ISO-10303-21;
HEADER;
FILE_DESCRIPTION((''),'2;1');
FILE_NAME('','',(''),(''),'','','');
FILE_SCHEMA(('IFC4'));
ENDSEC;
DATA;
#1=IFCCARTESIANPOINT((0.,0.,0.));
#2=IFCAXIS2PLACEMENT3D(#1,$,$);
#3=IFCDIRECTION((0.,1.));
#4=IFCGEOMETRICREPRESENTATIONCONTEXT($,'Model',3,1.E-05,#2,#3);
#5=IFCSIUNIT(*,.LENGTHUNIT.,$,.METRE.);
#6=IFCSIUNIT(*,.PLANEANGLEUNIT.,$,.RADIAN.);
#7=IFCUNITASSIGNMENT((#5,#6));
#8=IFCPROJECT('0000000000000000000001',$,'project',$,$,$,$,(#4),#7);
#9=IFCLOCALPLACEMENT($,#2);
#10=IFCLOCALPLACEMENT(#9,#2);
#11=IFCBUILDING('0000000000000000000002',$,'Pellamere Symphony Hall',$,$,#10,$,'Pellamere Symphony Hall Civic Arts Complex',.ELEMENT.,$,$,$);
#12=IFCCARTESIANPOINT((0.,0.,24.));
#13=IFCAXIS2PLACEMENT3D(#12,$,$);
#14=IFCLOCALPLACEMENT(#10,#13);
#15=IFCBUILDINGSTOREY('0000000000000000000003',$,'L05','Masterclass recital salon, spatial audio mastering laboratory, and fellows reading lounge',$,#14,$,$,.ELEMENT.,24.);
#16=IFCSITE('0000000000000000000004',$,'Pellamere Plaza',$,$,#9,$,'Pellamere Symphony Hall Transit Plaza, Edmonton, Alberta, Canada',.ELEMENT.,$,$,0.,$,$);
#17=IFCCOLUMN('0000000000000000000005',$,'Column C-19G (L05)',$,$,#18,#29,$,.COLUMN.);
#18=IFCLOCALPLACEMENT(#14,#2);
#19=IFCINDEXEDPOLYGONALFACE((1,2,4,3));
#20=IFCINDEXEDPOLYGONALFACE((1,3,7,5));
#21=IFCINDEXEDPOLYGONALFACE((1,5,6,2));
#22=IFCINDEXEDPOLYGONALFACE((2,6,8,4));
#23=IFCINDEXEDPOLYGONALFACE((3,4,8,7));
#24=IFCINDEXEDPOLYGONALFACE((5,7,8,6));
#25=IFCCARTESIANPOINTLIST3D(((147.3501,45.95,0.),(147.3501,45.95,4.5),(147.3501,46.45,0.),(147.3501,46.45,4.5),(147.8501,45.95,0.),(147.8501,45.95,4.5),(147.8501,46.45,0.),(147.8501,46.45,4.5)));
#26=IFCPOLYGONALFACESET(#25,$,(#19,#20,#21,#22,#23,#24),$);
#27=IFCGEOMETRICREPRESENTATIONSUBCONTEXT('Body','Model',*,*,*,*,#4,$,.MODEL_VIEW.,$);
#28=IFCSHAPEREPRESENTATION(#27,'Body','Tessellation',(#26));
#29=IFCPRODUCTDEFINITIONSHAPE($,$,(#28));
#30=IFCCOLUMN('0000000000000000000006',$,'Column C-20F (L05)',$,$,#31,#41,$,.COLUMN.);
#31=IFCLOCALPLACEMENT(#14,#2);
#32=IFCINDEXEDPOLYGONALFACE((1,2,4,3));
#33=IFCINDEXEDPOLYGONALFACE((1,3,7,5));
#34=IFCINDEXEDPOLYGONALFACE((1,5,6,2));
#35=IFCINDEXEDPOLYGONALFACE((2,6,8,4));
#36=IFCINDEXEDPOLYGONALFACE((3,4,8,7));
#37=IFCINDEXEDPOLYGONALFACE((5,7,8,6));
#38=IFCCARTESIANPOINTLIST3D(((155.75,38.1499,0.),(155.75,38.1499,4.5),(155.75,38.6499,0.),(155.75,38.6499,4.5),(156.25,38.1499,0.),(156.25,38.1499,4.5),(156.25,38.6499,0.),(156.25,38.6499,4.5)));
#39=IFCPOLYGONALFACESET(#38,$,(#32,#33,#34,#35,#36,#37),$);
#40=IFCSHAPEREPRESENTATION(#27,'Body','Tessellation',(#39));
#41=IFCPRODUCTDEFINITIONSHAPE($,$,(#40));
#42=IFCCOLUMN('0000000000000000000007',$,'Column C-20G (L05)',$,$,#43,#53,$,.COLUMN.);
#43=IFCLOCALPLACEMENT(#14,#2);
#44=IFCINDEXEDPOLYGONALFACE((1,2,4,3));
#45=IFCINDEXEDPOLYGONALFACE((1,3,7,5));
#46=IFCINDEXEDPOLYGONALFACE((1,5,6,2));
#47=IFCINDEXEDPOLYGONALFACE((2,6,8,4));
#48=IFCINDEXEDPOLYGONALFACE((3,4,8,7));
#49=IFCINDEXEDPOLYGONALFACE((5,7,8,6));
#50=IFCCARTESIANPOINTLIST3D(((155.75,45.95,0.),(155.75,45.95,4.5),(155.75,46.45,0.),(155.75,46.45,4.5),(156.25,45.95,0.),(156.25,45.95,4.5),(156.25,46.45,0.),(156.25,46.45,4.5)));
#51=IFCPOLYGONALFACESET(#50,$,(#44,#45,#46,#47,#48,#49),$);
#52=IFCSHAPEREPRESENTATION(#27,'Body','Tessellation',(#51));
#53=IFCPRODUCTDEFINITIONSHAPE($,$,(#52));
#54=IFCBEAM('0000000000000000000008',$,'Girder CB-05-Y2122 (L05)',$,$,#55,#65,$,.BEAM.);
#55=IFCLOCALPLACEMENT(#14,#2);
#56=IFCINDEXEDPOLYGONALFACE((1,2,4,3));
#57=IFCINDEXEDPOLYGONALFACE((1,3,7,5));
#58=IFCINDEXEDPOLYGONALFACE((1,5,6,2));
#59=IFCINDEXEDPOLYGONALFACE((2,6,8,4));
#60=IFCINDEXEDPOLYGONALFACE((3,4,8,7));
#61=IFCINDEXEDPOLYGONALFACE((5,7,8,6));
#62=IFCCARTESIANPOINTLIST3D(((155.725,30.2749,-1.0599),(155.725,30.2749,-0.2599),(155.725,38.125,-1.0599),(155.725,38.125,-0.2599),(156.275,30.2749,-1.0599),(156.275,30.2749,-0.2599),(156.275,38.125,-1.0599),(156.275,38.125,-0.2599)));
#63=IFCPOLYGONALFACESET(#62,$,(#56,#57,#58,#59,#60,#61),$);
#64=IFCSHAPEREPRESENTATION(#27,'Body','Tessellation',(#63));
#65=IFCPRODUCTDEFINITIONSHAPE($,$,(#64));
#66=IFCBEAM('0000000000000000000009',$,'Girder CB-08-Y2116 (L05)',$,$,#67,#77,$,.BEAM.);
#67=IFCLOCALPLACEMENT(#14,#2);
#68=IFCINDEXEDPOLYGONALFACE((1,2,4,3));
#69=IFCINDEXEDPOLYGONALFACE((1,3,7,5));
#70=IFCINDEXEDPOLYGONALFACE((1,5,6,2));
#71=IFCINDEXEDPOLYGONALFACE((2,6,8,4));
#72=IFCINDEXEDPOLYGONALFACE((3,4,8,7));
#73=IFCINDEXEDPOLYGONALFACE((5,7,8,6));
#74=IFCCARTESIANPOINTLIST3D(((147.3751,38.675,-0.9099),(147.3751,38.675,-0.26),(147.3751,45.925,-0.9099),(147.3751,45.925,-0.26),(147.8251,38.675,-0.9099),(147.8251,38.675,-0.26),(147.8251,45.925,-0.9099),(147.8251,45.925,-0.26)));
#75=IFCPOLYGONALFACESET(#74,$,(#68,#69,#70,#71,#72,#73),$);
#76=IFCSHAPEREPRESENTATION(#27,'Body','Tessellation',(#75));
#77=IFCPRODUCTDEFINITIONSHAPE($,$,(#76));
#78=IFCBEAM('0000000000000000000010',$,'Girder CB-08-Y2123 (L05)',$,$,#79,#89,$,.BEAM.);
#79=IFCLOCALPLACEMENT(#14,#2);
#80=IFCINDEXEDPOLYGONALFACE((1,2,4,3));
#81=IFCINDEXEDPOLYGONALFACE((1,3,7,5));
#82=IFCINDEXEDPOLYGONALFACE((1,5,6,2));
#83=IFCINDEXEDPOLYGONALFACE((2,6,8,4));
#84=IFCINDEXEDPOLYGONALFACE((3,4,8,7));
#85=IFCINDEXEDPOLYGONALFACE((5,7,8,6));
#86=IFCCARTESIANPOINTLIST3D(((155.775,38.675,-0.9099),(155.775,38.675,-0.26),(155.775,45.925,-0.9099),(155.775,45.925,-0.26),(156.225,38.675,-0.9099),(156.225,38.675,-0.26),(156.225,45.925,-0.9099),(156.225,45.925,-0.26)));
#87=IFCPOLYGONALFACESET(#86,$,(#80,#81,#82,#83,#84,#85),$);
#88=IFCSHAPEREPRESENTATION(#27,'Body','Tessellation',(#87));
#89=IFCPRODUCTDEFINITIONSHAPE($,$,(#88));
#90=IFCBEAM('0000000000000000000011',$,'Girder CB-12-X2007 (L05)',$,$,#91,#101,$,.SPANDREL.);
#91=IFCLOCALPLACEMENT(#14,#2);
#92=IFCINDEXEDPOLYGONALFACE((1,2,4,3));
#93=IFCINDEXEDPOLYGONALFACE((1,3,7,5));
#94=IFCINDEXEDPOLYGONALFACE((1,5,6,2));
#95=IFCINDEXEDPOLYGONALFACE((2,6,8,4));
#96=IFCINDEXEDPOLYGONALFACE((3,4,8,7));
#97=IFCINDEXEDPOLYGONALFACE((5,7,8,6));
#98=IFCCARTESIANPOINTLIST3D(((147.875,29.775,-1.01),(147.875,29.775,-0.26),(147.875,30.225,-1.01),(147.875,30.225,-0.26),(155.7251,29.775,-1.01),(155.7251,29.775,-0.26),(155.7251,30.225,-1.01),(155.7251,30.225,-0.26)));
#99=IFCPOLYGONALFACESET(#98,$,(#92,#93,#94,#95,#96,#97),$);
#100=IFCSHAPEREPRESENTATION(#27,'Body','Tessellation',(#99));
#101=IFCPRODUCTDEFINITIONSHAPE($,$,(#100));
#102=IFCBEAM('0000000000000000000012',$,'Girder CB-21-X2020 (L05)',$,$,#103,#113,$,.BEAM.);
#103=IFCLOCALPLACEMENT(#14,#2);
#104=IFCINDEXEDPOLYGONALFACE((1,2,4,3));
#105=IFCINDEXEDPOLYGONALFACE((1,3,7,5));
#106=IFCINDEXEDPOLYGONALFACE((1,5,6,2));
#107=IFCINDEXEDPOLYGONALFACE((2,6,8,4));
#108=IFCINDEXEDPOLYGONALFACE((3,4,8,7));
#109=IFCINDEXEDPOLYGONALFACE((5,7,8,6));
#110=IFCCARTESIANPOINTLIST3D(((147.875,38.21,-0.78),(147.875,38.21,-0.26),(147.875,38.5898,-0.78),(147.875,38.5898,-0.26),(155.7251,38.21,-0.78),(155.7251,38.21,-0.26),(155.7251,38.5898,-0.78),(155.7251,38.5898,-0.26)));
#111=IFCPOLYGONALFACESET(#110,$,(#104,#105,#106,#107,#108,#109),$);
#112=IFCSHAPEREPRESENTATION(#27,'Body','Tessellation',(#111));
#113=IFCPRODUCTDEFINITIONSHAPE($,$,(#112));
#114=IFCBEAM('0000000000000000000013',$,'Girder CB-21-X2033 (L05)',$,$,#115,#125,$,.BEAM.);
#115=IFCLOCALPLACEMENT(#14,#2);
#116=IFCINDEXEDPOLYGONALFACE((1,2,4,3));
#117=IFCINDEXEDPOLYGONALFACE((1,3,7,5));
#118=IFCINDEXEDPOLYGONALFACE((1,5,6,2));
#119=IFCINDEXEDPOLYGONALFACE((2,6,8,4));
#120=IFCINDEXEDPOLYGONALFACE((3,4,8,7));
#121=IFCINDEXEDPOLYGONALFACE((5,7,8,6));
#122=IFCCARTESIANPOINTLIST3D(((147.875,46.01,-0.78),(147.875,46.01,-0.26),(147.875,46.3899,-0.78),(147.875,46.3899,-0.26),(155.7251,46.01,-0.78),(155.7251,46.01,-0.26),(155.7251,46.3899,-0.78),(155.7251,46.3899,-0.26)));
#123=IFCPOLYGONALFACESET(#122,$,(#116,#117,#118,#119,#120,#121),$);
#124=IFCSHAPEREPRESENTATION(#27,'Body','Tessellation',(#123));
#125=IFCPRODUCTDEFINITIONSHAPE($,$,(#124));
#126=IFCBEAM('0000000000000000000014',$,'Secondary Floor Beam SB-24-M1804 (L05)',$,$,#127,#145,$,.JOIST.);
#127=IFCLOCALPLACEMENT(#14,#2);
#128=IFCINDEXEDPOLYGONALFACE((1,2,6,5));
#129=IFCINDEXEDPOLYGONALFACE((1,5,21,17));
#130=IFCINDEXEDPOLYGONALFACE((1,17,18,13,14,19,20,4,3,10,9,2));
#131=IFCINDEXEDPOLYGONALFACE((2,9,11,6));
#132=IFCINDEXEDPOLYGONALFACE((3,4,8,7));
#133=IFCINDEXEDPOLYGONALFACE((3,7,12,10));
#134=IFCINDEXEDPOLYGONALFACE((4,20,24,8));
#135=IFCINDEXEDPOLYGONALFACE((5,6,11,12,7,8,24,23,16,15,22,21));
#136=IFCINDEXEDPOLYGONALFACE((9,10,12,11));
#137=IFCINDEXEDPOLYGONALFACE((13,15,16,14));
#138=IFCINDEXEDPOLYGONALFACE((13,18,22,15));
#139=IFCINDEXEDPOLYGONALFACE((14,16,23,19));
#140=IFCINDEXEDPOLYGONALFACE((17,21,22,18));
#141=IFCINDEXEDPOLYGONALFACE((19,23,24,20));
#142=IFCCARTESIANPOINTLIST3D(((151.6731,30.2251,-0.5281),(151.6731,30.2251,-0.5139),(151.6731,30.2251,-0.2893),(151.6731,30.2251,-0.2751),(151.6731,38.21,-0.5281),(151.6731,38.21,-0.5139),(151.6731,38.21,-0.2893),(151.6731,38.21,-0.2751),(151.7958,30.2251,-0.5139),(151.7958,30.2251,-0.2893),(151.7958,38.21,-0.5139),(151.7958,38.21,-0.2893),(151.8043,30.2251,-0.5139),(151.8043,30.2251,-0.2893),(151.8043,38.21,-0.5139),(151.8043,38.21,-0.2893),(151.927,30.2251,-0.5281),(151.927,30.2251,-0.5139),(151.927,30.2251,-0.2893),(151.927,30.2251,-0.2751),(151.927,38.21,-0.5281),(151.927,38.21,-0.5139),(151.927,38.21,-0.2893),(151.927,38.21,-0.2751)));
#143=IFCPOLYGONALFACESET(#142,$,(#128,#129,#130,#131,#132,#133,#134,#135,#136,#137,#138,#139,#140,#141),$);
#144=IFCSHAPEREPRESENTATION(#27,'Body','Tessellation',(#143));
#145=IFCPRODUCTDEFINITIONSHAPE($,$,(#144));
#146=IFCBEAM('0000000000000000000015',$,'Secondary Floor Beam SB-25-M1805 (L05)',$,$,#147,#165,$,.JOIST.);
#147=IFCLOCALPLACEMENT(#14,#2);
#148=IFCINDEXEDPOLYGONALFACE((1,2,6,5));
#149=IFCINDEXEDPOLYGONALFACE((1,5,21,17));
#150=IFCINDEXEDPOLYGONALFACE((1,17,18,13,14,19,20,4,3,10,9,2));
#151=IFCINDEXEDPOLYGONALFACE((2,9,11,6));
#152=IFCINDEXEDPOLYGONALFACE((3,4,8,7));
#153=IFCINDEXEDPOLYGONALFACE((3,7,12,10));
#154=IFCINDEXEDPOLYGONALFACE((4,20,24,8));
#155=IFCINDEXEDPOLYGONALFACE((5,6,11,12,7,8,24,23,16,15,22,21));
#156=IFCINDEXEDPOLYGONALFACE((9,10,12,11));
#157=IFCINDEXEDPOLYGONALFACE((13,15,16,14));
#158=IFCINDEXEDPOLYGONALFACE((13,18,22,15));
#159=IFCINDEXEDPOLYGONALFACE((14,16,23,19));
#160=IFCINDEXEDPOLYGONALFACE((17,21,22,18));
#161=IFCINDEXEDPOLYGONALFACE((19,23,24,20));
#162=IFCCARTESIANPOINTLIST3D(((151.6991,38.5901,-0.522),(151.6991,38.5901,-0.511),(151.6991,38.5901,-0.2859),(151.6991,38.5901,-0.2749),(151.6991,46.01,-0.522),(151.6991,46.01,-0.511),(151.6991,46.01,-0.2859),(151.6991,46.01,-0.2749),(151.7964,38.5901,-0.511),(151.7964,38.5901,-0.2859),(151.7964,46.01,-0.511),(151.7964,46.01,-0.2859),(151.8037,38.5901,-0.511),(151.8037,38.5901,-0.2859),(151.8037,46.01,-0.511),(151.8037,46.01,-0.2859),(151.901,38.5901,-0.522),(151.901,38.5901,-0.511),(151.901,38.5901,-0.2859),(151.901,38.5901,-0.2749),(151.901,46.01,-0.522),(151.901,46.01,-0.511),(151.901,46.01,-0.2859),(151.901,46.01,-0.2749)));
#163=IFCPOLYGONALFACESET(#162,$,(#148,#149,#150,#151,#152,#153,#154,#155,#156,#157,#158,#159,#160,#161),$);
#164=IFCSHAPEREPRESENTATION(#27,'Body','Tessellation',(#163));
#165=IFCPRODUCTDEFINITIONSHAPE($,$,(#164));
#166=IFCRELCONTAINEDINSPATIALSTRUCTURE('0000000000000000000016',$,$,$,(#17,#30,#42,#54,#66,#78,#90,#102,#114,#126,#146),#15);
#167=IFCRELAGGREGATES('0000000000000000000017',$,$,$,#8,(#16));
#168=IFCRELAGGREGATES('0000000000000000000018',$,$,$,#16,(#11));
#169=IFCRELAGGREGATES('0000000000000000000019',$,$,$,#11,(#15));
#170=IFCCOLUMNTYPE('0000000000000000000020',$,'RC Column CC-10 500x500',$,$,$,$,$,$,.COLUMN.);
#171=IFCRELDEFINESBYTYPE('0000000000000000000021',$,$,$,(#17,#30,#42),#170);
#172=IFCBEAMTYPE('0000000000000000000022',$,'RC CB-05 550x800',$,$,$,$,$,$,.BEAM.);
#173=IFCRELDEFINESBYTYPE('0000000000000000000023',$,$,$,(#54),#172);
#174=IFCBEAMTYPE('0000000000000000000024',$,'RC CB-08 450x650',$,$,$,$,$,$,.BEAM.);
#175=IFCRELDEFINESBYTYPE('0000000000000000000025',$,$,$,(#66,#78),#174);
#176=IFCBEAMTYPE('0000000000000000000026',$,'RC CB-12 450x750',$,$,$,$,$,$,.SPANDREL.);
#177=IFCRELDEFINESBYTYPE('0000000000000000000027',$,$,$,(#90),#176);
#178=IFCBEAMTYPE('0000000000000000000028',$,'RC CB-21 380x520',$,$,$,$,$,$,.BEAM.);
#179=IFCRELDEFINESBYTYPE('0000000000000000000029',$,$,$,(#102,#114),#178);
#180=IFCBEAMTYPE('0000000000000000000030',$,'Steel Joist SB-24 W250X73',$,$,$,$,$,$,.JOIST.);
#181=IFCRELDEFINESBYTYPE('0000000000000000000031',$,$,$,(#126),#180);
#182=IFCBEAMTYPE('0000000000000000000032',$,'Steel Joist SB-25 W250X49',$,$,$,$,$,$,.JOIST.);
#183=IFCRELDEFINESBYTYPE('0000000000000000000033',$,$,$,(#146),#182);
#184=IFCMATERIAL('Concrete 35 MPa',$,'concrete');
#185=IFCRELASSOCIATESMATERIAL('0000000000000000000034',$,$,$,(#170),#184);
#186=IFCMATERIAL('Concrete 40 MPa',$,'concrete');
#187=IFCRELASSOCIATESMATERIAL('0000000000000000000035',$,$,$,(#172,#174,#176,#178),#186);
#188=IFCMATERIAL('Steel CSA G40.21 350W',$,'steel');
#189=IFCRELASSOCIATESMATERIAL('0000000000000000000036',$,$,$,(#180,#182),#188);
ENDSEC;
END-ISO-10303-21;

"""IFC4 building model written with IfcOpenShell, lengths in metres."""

from ifc_helpers import new_model, si_unit, direction, frame, origin, origin_2d, place, context, subcontext, project, spatial, rectangle, i_section, extrude, material, material_profile, profile_set, type_object, element, save


model = new_model("IFC4")

# Units and contexts
model_context = context("Model", 3, precision=1e-05, world=origin(), true_north=direction((0.0, 1.0)))
body_context = subcontext(model_context, "Body", "Model", "MODEL_VIEW")
ifc_project = project(units=[si_unit("LENGTHUNIT", "METRE"), si_unit("PLANEANGLEUNIT", "RADIAN")], contexts=[model_context])

# Site, building, storey
site_placement = place(None, origin())
site = spatial("IfcSite", under=ifc_project, at=site_placement, Name="Pellamere Plaza", LongName="Pellamere Symphony Hall Transit Plaza, Edmonton, Alberta, Canada", CompositionType="ELEMENT", RefElevation=0.0)
building_placement = place(site_placement, origin())
building = spatial("IfcBuilding", under=site, at=building_placement, Name="Pellamere Symphony Hall", LongName="Pellamere Symphony Hall Civic Arts Complex", CompositionType="ELEMENT")
storey_placement = place(building_placement, frame((0.0, 0.0, 24.0)))
storey = spatial("IfcBuildingStorey", under=building, at=storey_placement, Name="L05", Description="Masterclass recital salon, spatial audio mastering laboratory, and fellows reading lounge", CompositionType="ELEMENT", Elevation=24.0)

# Columns
ifc_material_1 = material(Name="Concrete 35 MPa", Category="concrete")
ifc_material_profile_1 = material_profile(ifc_material_1, rectangle(XDim=0.5, YDim=0.5, at=origin_2d()), Name="RC 500x500")
ifc_profile_set_1 = profile_set([ifc_material_profile_1], Name="Concrete 35 MPa")
column_type = type_object("IfcColumnType", Name="RC Column CC-10 500x500", PredefinedType="COLUMN", material=ifc_profile_set_1)
for number, where, z_axis, x_axis, name in (
    (1, (147.6001, 46.2, 0.0), (0.0, 0.0, 1.0), (1.0, 0.0, 0.0), "Column C-19G (L05)"),
    (2, (156.0, 38.3999, 0.0), (0.0, 0.0, 1.0), (1.0, 0.0, 0.0), "Column C-20F (L05)"),
    (3, (156.0, 46.2, 0.0), (0.0, 0.0, 1.0), (1.0, 0.0, 0.0), "Column C-20G (L05)"),
):
    element("IfcColumn", number, at=place(storey_placement, frame(where, z_axis=z_axis, x_axis=x_axis)), inside=storey, type_object=column_type, Name=name, PredefinedType="COLUMN", context=body_context, shape_type="SweptSolid", body=[
        extrude(rectangle(XDim=0.5, YDim=0.5, at=origin_2d()), origin(), (0.0, 0.0, 1.0), 4.5),
    ])

# Beams
ifc_material_2 = material(Name="Concrete 40 MPa", Category="concrete")
ifc_material_profile_2 = material_profile(ifc_material_2, rectangle(XDim=0.55, YDim=0.8, at=origin_2d()), Name="RC 550x800")
ifc_profile_set_2 = profile_set([ifc_material_profile_2], Name="Concrete 40 MPa")
beam_type_1 = type_object("IfcBeamType", Name="RC CB-05 550x800", PredefinedType="BEAM", material=ifc_profile_set_2)
beam_1_placement = place(storey_placement, frame((156.0, 30.2749, -0.6599), z_axis=(0.0, 1.0, 0.0), x_axis=(-1.0, 0.0, 0.0)))
element("IfcBeam", 4, at=beam_1_placement, inside=storey, type_object=beam_type_1, Name="Girder CB-05-Y2122 (L05)", PredefinedType="BEAM", context=body_context, shape_type="SweptSolid", body=[
    extrude(rectangle(XDim=0.55, YDim=0.8, at=origin_2d()), origin(), (0.0, 0.0, 1.0), 7.8501),
])
ifc_material_profile_3 = material_profile(ifc_material_2, rectangle(XDim=0.45, YDim=0.6499, at=origin_2d()), Name="RC 450x650")
ifc_profile_set_3 = profile_set([ifc_material_profile_3], Name="Concrete 40 MPa")
beam_type_2 = type_object("IfcBeamType", Name="RC CB-08 450x650", PredefinedType="BEAM", material=ifc_profile_set_3)
for number, where, z_axis, x_axis, name in (
    (5, (147.6001, 38.675, -0.585), (0.0, 1.0, 0.0), (-1.0, 0.0, 0.0), "Girder CB-08-Y2116 (L05)"),
    (6, (156.0, 38.675, -0.585), (0.0, 1.0, 0.0), (-1.0, 0.0, 0.0), "Girder CB-08-Y2123 (L05)"),
):
    element("IfcBeam", number, at=place(storey_placement, frame(where, z_axis=z_axis, x_axis=x_axis)), inside=storey, type_object=beam_type_2, Name=name, PredefinedType="BEAM", context=body_context, shape_type="SweptSolid", body=[
        extrude(rectangle(XDim=0.45, YDim=0.6499, at=origin_2d()), origin(), (0.0, 0.0, 1.0), 7.25),
    ])
ifc_material_profile_4 = material_profile(ifc_material_2, rectangle(XDim=0.45, YDim=0.75, at=origin_2d()), Name="RC 450x750")
ifc_profile_set_4 = profile_set([ifc_material_profile_4], Name="Concrete 40 MPa")
beam_type_3 = type_object("IfcBeamType", Name="RC CB-12 450x750", PredefinedType="SPANDREL", material=ifc_profile_set_4)
beam_2_placement = place(storey_placement, frame((147.875, 30.0, -0.635), z_axis=(1.0, 0.0, 0.0), x_axis=(0.0, 1.0, 0.0)))
element("IfcBeam", 7, at=beam_2_placement, inside=storey, type_object=beam_type_3, Name="Girder CB-12-X2007 (L05)", PredefinedType="SPANDREL", context=body_context, shape_type="SweptSolid", body=[
    extrude(rectangle(XDim=0.45, YDim=0.75, at=origin_2d()), origin(), (0.0, 0.0, 1.0), 7.8501),
])
ifc_material_profile_5 = material_profile(ifc_material_2, rectangle(XDim=0.3799, YDim=0.52, at=origin_2d()), Name="RC 380x520")
ifc_profile_set_5 = profile_set([ifc_material_profile_5], Name="Concrete 40 MPa")
beam_type_4 = type_object("IfcBeamType", Name="RC CB-21 380x520", PredefinedType="BEAM", material=ifc_profile_set_5)
for number, where, z_axis, x_axis, name in (
    (8, (147.875, 38.3999, -0.52), (1.0, 0.0, 0.0), (0.0, 1.0, 0.0), "Girder CB-21-X2020 (L05)"),
    (9, (147.875, 46.2, -0.52), (1.0, 0.0, 0.0), (0.0, 1.0, 0.0), "Girder CB-21-X2033 (L05)"),
):
    element("IfcBeam", number, at=place(storey_placement, frame(where, z_axis=z_axis, x_axis=x_axis)), inside=storey, type_object=beam_type_4, Name=name, PredefinedType="BEAM", context=body_context, shape_type="SweptSolid", body=[
        extrude(rectangle(XDim=0.3799, YDim=0.52, at=origin_2d()), origin(), (0.0, 0.0, 1.0), 7.8501),
    ])
ifc_material_3 = material(Name="Steel CSA G40.21 350W", Category="steel")
ifc_material_profile_6 = material_profile(ifc_material_3, i_section(OverallWidth=0.2539, OverallDepth=0.2529, WebThickness=0.0085, FlangeThickness=0.0142, at=origin_2d()), Name="W250X73")
ifc_profile_set_6 = profile_set([ifc_material_profile_6], Name="Steel CSA G40.21 350W")
beam_type_5 = type_object("IfcBeamType", Name="Steel Joist SB-24 W250X73", PredefinedType="JOIST", material=ifc_profile_set_6)
beam_3_placement = place(storey_placement, frame((151.8, 30.2251, -0.4016), z_axis=(0.0, 1.0, 0.0), x_axis=(-1.0, 0.0, 0.0)))
element("IfcBeam", 10, at=beam_3_placement, inside=storey, type_object=beam_type_5, Name="Secondary Floor Beam SB-24-M1804 (L05)", PredefinedType="JOIST", context=body_context, shape_type="SweptSolid", body=[
    extrude(i_section(OverallWidth=0.2539, OverallDepth=0.2529, WebThickness=0.0085, FlangeThickness=0.0142, at=origin_2d()), origin(), (0.0, 0.0, 1.0), 7.9849),
])
ifc_material_profile_7 = material_profile(ifc_material_3, i_section(OverallWidth=0.2019, OverallDepth=0.2471, WebThickness=0.0073, FlangeThickness=0.011, at=origin_2d()), Name="W250X49")
ifc_profile_set_7 = profile_set([ifc_material_profile_7], Name="Steel CSA G40.21 350W")
beam_type_6 = type_object("IfcBeamType", Name="Steel Joist SB-25 W250X49", PredefinedType="JOIST", material=ifc_profile_set_7)
beam_4_placement = place(storey_placement, frame((151.8, 38.5901, -0.3984), z_axis=(0.0, 1.0, 0.0), x_axis=(-1.0, 0.0, 0.0)))
element("IfcBeam", 11, at=beam_4_placement, inside=storey, type_object=beam_type_6, Name="Secondary Floor Beam SB-25-M1805 (L05)", PredefinedType="JOIST", context=body_context, shape_type="SweptSolid", body=[
    extrude(i_section(OverallWidth=0.2019, OverallDepth=0.2471, WebThickness=0.0073, FlangeThickness=0.011, at=origin_2d()), origin(), (0.0, 0.0, 1.0), 7.4199),
])

save(model, "model.ifc")
